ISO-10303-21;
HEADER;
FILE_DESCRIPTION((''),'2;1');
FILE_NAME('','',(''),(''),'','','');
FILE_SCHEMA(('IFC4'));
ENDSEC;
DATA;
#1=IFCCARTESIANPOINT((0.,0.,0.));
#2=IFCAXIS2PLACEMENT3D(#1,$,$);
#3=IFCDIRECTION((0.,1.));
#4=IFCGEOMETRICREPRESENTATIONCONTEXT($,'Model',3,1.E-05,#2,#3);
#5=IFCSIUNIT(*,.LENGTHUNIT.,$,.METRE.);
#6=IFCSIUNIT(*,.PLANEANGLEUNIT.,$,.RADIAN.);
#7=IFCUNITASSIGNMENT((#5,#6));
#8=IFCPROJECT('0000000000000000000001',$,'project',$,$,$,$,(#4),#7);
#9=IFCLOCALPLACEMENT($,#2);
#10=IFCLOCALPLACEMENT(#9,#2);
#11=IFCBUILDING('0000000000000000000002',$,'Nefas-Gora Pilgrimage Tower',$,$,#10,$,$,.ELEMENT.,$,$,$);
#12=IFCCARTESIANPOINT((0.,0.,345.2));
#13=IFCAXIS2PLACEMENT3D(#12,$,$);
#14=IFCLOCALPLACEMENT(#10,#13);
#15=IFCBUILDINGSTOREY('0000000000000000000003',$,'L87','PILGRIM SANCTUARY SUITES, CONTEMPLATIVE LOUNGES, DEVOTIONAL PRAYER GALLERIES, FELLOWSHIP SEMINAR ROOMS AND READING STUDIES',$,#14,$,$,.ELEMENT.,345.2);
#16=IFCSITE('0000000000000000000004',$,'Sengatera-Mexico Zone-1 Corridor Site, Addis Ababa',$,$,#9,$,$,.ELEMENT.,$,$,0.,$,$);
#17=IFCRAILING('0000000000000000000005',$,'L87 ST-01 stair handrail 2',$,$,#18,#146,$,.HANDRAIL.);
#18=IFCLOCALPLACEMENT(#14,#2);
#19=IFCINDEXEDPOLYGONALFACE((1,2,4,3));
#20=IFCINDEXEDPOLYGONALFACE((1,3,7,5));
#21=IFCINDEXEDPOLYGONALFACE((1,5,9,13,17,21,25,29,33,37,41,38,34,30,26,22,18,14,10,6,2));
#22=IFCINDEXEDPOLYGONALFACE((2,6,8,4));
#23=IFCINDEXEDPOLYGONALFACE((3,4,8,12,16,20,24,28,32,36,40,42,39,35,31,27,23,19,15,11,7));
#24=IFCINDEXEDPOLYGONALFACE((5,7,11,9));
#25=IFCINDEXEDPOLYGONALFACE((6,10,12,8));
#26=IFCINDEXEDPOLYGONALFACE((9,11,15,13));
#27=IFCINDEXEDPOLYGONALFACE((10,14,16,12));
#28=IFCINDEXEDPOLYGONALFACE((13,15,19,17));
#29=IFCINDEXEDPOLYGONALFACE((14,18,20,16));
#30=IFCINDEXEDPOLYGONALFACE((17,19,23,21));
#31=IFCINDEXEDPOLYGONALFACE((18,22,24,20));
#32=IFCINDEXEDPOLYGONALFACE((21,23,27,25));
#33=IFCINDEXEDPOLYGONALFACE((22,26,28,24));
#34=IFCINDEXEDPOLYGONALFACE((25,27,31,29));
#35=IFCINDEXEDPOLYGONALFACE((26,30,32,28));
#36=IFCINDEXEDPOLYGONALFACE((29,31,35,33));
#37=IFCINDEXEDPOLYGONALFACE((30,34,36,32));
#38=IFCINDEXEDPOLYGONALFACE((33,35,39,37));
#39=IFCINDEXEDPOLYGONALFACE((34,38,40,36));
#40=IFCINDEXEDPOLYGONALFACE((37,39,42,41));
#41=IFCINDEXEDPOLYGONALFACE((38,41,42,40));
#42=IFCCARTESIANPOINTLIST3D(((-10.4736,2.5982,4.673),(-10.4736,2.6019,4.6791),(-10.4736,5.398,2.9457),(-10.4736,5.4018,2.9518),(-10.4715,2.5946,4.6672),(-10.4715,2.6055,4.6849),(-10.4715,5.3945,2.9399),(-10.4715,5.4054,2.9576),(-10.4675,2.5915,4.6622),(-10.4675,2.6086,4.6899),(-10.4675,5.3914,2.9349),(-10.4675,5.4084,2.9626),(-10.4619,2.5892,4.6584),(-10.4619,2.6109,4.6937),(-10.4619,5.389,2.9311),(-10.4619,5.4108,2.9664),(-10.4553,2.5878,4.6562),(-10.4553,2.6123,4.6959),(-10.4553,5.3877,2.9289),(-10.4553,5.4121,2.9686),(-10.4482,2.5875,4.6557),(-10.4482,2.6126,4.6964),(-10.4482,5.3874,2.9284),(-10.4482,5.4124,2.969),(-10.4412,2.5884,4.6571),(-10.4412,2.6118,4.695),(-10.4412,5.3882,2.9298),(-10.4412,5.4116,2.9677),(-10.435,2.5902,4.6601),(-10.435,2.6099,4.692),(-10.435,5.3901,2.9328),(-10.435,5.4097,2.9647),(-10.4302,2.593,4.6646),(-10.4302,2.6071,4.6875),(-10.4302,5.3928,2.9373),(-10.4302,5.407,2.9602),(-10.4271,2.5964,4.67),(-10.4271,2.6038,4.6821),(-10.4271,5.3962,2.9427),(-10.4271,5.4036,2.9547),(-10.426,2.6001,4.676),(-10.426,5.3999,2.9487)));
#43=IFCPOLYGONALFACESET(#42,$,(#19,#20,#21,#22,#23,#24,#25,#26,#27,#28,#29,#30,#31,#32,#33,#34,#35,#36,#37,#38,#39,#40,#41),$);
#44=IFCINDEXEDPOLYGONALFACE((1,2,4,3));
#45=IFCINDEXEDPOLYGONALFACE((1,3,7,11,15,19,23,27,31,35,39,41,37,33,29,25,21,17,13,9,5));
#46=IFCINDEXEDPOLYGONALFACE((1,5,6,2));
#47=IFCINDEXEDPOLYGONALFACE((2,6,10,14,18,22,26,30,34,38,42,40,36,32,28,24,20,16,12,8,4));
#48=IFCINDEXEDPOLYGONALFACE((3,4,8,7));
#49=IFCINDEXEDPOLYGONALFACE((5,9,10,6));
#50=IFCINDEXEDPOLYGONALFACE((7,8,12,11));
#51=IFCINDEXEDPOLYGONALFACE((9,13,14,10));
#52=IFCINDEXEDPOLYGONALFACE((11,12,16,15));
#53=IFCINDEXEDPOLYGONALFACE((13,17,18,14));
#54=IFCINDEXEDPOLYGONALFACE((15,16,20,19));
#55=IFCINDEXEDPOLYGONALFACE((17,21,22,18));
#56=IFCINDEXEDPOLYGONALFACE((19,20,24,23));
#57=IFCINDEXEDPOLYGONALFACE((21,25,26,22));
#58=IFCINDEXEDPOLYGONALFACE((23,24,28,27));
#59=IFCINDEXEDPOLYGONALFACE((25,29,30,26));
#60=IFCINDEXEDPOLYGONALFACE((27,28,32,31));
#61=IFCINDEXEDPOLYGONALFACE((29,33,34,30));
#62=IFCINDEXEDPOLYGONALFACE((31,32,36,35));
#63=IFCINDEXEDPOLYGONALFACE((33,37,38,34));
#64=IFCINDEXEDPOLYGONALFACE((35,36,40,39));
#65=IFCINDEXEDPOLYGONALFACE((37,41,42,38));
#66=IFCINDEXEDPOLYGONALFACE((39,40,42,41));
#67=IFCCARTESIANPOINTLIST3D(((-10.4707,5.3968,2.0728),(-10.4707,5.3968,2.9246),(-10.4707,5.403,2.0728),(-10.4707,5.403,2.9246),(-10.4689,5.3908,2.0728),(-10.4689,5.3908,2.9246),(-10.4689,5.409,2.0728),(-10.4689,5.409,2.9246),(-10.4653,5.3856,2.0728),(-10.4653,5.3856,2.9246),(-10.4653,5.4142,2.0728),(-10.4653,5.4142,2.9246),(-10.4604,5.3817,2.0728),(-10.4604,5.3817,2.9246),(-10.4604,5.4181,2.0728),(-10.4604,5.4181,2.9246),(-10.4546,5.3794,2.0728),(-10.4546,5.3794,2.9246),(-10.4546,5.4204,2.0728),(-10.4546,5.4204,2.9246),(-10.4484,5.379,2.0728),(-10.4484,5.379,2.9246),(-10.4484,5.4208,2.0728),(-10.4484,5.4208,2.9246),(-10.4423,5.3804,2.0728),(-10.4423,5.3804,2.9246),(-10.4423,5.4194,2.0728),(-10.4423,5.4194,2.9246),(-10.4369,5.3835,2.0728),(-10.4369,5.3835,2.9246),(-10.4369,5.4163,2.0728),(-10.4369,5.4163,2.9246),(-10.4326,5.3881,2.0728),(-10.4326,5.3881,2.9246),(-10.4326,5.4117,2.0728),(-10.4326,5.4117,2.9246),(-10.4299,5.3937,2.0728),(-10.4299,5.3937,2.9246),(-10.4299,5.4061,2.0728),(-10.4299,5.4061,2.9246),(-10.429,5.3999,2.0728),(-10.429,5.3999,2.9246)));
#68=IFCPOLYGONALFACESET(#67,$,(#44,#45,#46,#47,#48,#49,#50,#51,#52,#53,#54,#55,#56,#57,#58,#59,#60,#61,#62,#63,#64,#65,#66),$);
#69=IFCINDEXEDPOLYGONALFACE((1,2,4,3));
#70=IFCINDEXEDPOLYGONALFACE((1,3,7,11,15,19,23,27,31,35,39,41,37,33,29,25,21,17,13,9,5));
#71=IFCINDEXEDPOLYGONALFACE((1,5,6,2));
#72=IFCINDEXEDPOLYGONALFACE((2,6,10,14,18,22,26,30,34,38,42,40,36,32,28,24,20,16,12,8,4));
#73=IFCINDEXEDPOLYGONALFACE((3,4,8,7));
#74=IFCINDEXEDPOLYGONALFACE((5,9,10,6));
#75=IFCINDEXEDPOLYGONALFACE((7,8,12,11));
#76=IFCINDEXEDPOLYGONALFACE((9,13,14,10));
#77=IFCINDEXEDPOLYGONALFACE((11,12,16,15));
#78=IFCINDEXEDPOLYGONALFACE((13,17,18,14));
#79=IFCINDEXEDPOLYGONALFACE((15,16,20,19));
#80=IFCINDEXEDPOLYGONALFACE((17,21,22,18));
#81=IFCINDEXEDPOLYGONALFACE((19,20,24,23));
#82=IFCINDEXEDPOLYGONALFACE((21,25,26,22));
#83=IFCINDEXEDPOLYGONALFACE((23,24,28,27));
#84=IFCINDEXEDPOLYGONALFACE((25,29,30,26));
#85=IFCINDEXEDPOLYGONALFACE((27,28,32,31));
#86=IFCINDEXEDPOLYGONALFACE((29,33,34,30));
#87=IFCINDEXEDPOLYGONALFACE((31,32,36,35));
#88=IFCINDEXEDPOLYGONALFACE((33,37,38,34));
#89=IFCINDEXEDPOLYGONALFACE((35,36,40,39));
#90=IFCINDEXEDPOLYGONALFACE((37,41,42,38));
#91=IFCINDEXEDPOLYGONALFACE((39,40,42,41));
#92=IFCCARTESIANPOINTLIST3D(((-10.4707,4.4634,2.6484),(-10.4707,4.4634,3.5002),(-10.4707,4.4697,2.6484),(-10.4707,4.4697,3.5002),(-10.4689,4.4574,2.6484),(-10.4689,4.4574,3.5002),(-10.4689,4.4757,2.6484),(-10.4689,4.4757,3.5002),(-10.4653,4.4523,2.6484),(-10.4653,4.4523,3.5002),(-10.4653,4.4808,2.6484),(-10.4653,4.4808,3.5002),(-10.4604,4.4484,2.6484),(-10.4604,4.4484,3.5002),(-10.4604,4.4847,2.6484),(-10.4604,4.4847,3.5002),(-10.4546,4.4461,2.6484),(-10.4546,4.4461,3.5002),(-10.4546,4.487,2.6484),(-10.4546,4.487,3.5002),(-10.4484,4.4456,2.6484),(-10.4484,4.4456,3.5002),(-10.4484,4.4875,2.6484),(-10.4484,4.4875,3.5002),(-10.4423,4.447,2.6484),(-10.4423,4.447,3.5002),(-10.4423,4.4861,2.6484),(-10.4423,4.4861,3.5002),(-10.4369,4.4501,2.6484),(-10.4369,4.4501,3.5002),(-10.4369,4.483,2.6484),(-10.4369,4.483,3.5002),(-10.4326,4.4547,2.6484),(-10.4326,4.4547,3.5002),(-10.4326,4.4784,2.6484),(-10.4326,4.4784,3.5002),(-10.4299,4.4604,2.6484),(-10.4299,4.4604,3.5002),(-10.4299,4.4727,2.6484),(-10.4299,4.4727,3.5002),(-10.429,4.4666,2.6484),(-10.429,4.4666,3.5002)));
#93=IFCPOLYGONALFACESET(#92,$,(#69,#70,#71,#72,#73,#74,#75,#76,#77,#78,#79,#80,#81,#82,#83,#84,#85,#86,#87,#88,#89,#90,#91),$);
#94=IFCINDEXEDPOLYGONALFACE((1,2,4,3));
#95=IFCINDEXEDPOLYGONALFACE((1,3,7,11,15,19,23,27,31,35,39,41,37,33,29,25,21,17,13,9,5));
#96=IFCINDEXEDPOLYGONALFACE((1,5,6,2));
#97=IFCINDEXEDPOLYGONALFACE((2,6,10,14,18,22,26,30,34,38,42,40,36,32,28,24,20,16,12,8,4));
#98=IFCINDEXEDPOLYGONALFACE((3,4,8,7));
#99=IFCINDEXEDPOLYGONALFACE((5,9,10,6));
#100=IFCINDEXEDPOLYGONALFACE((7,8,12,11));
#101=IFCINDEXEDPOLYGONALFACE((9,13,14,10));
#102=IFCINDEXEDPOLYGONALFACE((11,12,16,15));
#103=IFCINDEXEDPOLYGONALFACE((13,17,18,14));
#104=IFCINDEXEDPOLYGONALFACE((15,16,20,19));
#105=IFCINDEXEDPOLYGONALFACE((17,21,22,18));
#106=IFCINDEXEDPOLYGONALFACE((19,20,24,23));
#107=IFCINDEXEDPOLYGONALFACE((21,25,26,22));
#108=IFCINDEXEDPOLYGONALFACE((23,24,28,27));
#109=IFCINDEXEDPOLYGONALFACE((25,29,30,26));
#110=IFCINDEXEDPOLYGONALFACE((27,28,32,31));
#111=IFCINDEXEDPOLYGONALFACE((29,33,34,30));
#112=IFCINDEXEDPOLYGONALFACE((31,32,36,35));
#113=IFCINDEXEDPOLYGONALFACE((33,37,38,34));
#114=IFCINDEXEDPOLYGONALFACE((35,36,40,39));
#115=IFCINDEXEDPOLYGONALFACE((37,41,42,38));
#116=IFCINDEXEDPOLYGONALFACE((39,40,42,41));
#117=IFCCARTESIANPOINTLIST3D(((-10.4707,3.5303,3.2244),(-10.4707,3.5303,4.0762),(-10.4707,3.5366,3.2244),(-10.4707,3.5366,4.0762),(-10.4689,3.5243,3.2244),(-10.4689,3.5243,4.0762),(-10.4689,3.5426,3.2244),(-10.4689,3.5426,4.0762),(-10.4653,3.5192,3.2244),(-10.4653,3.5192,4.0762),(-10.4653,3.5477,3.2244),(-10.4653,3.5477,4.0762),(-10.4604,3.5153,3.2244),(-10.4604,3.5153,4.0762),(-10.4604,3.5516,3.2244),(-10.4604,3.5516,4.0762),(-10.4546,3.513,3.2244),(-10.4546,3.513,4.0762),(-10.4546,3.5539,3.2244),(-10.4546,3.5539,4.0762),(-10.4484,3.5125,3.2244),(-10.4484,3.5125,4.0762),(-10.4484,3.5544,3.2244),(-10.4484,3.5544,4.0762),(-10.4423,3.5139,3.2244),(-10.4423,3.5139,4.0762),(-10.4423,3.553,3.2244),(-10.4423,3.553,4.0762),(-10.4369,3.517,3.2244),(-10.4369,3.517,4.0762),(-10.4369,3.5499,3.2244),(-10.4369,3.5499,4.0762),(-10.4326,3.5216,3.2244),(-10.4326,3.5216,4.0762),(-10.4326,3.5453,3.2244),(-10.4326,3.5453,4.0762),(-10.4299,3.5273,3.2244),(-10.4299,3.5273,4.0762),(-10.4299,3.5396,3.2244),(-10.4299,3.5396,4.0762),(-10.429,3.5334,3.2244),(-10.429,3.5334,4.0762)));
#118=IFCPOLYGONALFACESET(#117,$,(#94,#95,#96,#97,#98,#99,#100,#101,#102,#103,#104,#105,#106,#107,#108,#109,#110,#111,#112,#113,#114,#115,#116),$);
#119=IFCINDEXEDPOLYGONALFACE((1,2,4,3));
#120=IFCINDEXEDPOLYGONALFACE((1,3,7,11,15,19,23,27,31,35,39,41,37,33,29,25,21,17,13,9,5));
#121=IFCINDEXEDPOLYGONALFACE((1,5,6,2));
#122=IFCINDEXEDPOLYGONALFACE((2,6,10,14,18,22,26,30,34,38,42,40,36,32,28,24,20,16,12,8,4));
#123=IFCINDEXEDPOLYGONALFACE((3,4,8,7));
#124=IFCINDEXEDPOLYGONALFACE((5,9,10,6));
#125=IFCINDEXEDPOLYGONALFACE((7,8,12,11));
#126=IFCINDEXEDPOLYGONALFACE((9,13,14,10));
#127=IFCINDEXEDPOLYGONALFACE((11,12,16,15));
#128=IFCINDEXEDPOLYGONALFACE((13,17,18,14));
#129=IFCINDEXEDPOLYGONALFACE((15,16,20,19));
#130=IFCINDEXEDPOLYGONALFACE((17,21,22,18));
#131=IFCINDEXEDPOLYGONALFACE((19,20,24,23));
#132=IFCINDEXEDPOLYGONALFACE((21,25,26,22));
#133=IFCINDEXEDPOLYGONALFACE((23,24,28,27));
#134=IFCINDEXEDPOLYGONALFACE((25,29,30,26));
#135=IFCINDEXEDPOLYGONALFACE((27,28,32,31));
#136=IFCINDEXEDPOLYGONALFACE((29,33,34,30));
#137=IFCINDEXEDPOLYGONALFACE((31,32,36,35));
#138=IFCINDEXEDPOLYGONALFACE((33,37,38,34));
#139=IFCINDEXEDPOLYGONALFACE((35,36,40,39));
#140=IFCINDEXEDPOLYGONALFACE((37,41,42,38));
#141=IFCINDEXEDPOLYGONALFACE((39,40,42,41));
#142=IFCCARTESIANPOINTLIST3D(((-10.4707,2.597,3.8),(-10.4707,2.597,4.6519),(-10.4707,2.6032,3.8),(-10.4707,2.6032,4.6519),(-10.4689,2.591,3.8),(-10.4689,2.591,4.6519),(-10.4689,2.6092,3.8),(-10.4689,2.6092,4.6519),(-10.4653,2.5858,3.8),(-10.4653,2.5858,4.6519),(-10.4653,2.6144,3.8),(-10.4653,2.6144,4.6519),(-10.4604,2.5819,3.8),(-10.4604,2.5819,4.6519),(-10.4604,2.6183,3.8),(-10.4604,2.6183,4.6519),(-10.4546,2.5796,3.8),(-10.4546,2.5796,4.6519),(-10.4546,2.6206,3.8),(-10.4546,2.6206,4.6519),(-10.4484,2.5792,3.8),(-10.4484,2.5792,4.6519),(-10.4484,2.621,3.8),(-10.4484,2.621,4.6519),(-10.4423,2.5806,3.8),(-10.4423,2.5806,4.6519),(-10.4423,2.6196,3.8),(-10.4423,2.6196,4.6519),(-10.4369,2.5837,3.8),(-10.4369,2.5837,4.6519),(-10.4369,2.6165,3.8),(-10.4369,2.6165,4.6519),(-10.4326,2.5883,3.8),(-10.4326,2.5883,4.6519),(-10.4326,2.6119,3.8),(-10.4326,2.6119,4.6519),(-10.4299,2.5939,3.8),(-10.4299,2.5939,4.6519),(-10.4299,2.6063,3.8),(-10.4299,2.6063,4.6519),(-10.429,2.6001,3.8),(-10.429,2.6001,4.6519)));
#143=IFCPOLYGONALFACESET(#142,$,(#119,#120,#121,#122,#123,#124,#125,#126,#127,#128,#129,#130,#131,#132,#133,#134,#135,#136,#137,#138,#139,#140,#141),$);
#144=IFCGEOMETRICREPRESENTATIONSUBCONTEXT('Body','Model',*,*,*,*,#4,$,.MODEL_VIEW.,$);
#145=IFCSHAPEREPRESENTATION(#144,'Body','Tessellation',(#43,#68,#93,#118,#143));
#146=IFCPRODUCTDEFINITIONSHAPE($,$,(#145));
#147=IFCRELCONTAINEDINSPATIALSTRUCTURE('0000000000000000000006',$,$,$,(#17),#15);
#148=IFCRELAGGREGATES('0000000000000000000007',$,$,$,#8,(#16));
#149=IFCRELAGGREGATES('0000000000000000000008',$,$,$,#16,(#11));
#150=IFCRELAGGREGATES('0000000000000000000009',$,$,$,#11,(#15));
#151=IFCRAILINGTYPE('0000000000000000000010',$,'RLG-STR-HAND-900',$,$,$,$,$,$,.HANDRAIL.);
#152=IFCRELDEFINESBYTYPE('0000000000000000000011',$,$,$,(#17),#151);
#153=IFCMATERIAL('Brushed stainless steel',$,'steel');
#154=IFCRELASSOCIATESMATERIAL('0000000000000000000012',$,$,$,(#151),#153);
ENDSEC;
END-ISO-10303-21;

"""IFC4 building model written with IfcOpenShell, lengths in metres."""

from ifc_helpers import new_model, si_unit, direction, frame, origin, origin_2d, place, context, subcontext, project, spatial, circle, extrude, material, type_object, element, save


model = new_model("IFC4")

# Units and contexts
model_context = context("Model", 3, precision=1e-05, world=origin(), true_north=direction((0.0, 1.0)))
body_context = subcontext(model_context, "Body", "Model", "MODEL_VIEW")
ifc_project = project(units=[si_unit("LENGTHUNIT", "METRE"), si_unit("PLANEANGLEUNIT", "RADIAN")], contexts=[model_context])

# Site, building, storey
site_placement = place(None, origin())
site = spatial("IfcSite", under=ifc_project, at=site_placement, Name="Sengatera-Mexico Zone-1 Corridor Site, Addis Ababa", CompositionType="ELEMENT", RefElevation=0.0)
building_placement = place(site_placement, origin())
building = spatial("IfcBuilding", under=site, at=building_placement, Name="Nefas-Gora Pilgrimage Tower", CompositionType="ELEMENT")
storey_placement = place(building_placement, frame((0.0, 0.0, 345.2)))
storey = spatial("IfcBuildingStorey", under=building, at=storey_placement, Name="L87", Description="PILGRIM SANCTUARY SUITES, CONTEMPLATIVE LOUNGES, DEVOTIONAL PRAYER GALLERIES, FELLOWSHIP SEMINAR ROOMS AND READING STUDIES", CompositionType="ELEMENT", Elevation=345.2)

# Railing
ifc_material_1 = material(Name="Brushed stainless steel", Category="steel")
railing_type_1 = type_object("IfcRailingType", Name="RLG-STR-HAND-900", PredefinedType="HANDRAIL", material=ifc_material_1)
railing_1_placement = place(storey_placement, frame((-10.45, 5.3999, 2.0728)))
element("IfcRailing", 1, at=railing_1_placement, inside=storey, type_object=railing_type_1, Name="L87 ST-01 stair handrail 2", PredefinedType="HANDRAIL", context=body_context, shape_type="SweptSolid", body=[
    extrude(circle(Radius=0.0239, at=origin_2d()), frame((0.0, 0.0, 0.876), z_axis=(0.0, -0.851069, 0.525054), x_axis=(1.0, 0.0, 0.0)), (0.0, 0.0, 1.0), 3.2898),
    extrude(circle(Radius=0.021, at=origin_2d()), origin(), (0.0, 0.0, 1.0), 0.8518),
    extrude(circle(Radius=0.021, at=origin_2d()), frame((0.0, -0.9333, 0.5757)), (0.0, 0.0, 1.0), 0.8518),
    extrude(circle(Radius=0.021, at=origin_2d()), frame((0.0, -1.8665, 1.1516)), (0.0, 0.0, 1.0), 0.8518),
    extrude(circle(Radius=0.021, at=origin_2d()), frame((0.0, -2.7998, 1.7273)), (0.0, 0.0, 1.0), 0.8518),
])

save(model, "model.ifc")
